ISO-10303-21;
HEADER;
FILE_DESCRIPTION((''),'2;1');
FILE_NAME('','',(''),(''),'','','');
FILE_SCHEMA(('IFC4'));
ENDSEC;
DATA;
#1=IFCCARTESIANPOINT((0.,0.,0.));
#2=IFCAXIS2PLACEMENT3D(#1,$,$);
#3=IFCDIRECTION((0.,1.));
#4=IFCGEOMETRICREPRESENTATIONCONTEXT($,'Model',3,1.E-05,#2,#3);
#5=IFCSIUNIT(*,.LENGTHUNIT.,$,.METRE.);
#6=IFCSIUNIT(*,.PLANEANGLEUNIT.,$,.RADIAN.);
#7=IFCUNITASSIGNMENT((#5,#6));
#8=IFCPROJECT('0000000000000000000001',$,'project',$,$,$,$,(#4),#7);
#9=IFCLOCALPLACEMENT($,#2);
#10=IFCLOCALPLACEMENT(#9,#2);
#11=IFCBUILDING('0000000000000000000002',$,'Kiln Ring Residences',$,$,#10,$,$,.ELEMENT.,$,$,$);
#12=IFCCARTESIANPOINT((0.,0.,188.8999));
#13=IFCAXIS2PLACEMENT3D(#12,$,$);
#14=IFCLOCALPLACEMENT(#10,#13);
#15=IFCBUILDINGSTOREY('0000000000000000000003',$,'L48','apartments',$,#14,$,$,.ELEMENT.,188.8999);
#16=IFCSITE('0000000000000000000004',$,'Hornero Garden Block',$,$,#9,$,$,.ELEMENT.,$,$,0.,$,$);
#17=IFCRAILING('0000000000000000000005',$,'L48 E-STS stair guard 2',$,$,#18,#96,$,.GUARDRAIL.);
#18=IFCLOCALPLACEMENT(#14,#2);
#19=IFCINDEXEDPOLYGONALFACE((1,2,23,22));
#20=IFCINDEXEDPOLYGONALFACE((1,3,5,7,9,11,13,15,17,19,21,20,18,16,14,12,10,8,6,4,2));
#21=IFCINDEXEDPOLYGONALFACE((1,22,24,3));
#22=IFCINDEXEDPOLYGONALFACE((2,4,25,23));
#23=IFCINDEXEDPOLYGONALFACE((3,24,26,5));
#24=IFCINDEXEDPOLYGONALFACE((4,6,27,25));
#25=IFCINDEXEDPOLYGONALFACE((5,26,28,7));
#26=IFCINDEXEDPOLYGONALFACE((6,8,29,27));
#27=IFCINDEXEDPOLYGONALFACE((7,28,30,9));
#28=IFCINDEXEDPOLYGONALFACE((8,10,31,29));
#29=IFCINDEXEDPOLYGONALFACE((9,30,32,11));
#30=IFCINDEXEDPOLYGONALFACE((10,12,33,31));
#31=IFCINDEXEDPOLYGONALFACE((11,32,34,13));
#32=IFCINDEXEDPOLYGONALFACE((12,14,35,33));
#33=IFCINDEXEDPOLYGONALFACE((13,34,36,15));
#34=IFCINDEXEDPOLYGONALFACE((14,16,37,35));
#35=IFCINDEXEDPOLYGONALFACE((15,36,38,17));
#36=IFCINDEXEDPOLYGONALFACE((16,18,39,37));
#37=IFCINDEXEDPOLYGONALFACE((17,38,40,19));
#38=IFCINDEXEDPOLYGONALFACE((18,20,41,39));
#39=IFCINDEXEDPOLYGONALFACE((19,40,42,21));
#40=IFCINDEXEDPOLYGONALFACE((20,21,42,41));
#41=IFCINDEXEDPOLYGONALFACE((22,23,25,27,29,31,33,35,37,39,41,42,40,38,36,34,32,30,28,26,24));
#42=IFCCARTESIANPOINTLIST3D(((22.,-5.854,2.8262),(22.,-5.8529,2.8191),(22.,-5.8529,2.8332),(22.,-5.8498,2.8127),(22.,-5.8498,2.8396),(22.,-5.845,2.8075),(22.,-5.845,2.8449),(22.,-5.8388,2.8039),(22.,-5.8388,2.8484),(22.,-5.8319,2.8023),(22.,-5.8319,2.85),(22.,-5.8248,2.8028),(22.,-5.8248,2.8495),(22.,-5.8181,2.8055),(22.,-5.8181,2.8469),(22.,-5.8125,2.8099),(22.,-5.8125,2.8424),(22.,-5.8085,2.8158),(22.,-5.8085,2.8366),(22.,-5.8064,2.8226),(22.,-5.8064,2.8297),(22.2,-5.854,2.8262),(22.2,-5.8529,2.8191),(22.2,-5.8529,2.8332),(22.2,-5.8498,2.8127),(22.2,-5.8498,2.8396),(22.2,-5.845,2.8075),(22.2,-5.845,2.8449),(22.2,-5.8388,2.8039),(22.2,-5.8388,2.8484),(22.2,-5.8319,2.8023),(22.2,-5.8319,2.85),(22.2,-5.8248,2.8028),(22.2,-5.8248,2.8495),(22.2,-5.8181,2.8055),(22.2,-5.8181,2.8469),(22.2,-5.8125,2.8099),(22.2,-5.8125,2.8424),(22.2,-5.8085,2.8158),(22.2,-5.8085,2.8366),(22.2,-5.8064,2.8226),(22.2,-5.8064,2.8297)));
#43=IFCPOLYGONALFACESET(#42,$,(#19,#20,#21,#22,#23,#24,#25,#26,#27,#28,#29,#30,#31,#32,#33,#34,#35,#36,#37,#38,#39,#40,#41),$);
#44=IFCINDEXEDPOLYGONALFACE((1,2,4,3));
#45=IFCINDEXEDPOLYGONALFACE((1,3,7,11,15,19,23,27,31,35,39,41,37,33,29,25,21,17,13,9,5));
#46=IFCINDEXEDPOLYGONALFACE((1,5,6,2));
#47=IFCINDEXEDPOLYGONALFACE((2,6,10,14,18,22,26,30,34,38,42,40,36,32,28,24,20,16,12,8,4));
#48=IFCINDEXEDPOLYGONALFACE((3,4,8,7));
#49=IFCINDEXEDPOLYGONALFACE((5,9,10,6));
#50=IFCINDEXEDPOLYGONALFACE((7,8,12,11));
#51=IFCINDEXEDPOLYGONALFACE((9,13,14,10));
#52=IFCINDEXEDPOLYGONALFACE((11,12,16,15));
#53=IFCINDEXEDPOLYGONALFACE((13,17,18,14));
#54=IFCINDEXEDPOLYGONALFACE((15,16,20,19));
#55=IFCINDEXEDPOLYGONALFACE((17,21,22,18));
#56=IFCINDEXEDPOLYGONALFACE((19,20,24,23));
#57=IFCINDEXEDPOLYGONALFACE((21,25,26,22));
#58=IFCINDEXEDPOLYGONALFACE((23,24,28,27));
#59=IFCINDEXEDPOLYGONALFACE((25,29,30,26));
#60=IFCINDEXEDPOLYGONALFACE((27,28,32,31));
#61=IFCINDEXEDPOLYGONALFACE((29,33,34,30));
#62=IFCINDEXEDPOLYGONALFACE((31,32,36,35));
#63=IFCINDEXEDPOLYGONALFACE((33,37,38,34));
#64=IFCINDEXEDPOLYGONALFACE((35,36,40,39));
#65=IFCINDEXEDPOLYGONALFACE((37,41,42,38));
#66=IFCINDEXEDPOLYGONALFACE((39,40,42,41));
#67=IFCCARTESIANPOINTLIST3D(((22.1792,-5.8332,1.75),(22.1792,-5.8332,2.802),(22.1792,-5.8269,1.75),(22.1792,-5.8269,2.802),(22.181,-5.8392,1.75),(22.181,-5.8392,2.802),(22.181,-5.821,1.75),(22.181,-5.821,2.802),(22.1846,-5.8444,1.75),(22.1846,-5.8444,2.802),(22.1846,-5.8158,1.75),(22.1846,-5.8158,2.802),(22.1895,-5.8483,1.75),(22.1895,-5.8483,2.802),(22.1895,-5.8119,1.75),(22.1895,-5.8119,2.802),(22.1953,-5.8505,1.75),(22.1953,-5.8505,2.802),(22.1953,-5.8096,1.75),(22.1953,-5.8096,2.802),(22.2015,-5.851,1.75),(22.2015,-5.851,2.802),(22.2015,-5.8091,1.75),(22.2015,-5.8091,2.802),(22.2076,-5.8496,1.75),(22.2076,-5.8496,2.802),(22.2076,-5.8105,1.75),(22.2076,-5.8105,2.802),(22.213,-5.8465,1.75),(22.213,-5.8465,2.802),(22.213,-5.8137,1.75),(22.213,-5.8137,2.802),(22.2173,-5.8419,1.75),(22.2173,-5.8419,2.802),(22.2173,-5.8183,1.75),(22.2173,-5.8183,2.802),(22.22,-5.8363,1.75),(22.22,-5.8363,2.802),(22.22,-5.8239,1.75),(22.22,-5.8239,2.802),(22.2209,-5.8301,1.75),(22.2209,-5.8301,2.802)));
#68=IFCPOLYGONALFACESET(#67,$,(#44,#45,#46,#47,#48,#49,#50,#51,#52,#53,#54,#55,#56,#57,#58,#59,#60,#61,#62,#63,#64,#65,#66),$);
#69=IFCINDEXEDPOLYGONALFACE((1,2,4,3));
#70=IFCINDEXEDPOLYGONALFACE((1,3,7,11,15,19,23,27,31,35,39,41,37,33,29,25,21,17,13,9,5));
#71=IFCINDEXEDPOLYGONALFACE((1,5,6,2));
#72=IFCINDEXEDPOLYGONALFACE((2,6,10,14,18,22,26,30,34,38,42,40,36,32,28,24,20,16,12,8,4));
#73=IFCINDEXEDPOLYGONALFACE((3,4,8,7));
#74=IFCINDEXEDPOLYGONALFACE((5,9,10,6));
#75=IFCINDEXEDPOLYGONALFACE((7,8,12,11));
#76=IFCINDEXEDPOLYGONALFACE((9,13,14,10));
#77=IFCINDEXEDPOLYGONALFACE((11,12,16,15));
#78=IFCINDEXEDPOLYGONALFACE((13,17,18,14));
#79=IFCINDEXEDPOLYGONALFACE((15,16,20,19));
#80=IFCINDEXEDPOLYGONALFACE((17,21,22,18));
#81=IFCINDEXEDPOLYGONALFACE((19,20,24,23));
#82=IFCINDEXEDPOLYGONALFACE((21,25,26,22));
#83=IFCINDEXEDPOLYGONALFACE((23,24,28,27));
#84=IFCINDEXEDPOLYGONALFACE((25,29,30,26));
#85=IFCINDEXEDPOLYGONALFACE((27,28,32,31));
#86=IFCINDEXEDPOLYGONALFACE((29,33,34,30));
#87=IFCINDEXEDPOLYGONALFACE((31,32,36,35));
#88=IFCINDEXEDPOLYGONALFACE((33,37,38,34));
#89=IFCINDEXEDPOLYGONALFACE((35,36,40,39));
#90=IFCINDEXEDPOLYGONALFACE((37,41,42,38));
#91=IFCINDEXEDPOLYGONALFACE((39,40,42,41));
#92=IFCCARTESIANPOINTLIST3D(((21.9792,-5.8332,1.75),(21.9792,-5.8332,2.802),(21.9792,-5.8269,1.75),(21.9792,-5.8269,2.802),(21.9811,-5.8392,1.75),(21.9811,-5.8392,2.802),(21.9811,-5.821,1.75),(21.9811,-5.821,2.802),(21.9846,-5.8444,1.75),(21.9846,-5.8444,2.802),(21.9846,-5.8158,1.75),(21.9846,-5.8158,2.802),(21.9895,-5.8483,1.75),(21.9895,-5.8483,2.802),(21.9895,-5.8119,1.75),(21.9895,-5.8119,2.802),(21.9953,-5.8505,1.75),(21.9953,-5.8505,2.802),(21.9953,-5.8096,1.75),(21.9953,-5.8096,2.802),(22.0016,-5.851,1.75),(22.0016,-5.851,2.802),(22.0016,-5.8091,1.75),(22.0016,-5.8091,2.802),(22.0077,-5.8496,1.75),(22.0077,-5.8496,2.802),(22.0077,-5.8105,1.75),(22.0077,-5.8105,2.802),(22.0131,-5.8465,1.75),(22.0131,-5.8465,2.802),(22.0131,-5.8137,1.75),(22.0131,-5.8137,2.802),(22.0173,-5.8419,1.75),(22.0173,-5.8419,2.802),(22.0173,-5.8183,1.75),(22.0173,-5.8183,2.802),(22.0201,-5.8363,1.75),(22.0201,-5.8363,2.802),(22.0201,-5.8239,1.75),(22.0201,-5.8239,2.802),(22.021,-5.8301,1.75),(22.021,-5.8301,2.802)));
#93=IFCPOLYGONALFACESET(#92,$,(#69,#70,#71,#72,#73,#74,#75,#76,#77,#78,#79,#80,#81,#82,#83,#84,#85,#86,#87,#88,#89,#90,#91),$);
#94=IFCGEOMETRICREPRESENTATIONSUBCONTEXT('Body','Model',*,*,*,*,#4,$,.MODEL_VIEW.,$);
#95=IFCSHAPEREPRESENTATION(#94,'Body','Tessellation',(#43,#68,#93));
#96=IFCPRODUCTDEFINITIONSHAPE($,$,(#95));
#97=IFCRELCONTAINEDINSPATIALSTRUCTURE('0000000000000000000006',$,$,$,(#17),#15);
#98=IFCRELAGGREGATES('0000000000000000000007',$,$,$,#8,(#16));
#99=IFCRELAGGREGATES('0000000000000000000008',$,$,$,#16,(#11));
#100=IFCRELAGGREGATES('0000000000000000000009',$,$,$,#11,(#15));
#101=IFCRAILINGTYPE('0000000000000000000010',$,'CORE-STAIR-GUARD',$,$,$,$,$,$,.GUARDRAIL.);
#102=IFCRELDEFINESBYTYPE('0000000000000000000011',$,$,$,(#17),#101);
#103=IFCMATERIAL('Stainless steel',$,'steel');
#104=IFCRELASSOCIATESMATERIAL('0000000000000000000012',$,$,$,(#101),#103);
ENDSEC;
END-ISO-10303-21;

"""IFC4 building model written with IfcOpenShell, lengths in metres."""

from ifc_helpers import new_model, si_unit, direction, frame, origin, origin_2d, place, context, subcontext, project, spatial, circle, extrude, material, type_object, element, save


model = new_model("IFC4")

# Units and contexts
model_context = context("Model", 3, precision=1e-05, world=origin(), true_north=direction((0.0, 1.0)))
body_context = subcontext(model_context, "Body", "Model", "MODEL_VIEW")
ifc_project = project(units=[si_unit("LENGTHUNIT", "METRE"), si_unit("PLANEANGLEUNIT", "RADIAN")], contexts=[model_context])

# Site, building, storey
site_placement = place(None, origin())
site = spatial("IfcSite", under=ifc_project, at=site_placement, Name="Hornero Garden Block", CompositionType="ELEMENT", RefElevation=0.0)
building_placement = place(site_placement, origin())
building = spatial("IfcBuilding", under=site, at=building_placement, Name="Kiln Ring Residences", CompositionType="ELEMENT")
storey_placement = place(building_placement, frame((0.0, 0.0, 188.8999)))
storey = spatial("IfcBuildingStorey", under=building, at=storey_placement, Name="L48", Description="apartments", CompositionType="ELEMENT", Elevation=188.8999)

# Railing
ifc_material_1 = material(Name="Stainless steel", Category="steel")
railing_type_1 = type_object("IfcRailingType", Name="CORE-STAIR-GUARD", PredefinedType="GUARDRAIL", material=ifc_material_1)
railing_1_placement = place(storey_placement, frame((22.2, -5.8301, 1.75)))
element("IfcRailing", 1, at=railing_1_placement, inside=storey, type_object=railing_type_1, Name="L48 E-STS stair guard 2", PredefinedType="GUARDRAIL", context=body_context, shape_type="SweptSolid", body=[
    extrude(circle(Radius=0.0239, at=origin_2d()), frame((0.0, 0.0, 1.0762), z_axis=(-1.0, 0.0, 0.0), x_axis=(0.0, -1.0, 0.0)), (0.0, 0.0, 1.0), 0.2),
    extrude(circle(Radius=0.021, at=origin_2d()), origin(), (0.0, 0.0, 1.0), 1.052),
    extrude(circle(Radius=0.021, at=origin_2d()), frame((-0.2, 0.0, 0.0)), (0.0, 0.0, 1.0), 1.052),
])

save(model, "model.ifc")
